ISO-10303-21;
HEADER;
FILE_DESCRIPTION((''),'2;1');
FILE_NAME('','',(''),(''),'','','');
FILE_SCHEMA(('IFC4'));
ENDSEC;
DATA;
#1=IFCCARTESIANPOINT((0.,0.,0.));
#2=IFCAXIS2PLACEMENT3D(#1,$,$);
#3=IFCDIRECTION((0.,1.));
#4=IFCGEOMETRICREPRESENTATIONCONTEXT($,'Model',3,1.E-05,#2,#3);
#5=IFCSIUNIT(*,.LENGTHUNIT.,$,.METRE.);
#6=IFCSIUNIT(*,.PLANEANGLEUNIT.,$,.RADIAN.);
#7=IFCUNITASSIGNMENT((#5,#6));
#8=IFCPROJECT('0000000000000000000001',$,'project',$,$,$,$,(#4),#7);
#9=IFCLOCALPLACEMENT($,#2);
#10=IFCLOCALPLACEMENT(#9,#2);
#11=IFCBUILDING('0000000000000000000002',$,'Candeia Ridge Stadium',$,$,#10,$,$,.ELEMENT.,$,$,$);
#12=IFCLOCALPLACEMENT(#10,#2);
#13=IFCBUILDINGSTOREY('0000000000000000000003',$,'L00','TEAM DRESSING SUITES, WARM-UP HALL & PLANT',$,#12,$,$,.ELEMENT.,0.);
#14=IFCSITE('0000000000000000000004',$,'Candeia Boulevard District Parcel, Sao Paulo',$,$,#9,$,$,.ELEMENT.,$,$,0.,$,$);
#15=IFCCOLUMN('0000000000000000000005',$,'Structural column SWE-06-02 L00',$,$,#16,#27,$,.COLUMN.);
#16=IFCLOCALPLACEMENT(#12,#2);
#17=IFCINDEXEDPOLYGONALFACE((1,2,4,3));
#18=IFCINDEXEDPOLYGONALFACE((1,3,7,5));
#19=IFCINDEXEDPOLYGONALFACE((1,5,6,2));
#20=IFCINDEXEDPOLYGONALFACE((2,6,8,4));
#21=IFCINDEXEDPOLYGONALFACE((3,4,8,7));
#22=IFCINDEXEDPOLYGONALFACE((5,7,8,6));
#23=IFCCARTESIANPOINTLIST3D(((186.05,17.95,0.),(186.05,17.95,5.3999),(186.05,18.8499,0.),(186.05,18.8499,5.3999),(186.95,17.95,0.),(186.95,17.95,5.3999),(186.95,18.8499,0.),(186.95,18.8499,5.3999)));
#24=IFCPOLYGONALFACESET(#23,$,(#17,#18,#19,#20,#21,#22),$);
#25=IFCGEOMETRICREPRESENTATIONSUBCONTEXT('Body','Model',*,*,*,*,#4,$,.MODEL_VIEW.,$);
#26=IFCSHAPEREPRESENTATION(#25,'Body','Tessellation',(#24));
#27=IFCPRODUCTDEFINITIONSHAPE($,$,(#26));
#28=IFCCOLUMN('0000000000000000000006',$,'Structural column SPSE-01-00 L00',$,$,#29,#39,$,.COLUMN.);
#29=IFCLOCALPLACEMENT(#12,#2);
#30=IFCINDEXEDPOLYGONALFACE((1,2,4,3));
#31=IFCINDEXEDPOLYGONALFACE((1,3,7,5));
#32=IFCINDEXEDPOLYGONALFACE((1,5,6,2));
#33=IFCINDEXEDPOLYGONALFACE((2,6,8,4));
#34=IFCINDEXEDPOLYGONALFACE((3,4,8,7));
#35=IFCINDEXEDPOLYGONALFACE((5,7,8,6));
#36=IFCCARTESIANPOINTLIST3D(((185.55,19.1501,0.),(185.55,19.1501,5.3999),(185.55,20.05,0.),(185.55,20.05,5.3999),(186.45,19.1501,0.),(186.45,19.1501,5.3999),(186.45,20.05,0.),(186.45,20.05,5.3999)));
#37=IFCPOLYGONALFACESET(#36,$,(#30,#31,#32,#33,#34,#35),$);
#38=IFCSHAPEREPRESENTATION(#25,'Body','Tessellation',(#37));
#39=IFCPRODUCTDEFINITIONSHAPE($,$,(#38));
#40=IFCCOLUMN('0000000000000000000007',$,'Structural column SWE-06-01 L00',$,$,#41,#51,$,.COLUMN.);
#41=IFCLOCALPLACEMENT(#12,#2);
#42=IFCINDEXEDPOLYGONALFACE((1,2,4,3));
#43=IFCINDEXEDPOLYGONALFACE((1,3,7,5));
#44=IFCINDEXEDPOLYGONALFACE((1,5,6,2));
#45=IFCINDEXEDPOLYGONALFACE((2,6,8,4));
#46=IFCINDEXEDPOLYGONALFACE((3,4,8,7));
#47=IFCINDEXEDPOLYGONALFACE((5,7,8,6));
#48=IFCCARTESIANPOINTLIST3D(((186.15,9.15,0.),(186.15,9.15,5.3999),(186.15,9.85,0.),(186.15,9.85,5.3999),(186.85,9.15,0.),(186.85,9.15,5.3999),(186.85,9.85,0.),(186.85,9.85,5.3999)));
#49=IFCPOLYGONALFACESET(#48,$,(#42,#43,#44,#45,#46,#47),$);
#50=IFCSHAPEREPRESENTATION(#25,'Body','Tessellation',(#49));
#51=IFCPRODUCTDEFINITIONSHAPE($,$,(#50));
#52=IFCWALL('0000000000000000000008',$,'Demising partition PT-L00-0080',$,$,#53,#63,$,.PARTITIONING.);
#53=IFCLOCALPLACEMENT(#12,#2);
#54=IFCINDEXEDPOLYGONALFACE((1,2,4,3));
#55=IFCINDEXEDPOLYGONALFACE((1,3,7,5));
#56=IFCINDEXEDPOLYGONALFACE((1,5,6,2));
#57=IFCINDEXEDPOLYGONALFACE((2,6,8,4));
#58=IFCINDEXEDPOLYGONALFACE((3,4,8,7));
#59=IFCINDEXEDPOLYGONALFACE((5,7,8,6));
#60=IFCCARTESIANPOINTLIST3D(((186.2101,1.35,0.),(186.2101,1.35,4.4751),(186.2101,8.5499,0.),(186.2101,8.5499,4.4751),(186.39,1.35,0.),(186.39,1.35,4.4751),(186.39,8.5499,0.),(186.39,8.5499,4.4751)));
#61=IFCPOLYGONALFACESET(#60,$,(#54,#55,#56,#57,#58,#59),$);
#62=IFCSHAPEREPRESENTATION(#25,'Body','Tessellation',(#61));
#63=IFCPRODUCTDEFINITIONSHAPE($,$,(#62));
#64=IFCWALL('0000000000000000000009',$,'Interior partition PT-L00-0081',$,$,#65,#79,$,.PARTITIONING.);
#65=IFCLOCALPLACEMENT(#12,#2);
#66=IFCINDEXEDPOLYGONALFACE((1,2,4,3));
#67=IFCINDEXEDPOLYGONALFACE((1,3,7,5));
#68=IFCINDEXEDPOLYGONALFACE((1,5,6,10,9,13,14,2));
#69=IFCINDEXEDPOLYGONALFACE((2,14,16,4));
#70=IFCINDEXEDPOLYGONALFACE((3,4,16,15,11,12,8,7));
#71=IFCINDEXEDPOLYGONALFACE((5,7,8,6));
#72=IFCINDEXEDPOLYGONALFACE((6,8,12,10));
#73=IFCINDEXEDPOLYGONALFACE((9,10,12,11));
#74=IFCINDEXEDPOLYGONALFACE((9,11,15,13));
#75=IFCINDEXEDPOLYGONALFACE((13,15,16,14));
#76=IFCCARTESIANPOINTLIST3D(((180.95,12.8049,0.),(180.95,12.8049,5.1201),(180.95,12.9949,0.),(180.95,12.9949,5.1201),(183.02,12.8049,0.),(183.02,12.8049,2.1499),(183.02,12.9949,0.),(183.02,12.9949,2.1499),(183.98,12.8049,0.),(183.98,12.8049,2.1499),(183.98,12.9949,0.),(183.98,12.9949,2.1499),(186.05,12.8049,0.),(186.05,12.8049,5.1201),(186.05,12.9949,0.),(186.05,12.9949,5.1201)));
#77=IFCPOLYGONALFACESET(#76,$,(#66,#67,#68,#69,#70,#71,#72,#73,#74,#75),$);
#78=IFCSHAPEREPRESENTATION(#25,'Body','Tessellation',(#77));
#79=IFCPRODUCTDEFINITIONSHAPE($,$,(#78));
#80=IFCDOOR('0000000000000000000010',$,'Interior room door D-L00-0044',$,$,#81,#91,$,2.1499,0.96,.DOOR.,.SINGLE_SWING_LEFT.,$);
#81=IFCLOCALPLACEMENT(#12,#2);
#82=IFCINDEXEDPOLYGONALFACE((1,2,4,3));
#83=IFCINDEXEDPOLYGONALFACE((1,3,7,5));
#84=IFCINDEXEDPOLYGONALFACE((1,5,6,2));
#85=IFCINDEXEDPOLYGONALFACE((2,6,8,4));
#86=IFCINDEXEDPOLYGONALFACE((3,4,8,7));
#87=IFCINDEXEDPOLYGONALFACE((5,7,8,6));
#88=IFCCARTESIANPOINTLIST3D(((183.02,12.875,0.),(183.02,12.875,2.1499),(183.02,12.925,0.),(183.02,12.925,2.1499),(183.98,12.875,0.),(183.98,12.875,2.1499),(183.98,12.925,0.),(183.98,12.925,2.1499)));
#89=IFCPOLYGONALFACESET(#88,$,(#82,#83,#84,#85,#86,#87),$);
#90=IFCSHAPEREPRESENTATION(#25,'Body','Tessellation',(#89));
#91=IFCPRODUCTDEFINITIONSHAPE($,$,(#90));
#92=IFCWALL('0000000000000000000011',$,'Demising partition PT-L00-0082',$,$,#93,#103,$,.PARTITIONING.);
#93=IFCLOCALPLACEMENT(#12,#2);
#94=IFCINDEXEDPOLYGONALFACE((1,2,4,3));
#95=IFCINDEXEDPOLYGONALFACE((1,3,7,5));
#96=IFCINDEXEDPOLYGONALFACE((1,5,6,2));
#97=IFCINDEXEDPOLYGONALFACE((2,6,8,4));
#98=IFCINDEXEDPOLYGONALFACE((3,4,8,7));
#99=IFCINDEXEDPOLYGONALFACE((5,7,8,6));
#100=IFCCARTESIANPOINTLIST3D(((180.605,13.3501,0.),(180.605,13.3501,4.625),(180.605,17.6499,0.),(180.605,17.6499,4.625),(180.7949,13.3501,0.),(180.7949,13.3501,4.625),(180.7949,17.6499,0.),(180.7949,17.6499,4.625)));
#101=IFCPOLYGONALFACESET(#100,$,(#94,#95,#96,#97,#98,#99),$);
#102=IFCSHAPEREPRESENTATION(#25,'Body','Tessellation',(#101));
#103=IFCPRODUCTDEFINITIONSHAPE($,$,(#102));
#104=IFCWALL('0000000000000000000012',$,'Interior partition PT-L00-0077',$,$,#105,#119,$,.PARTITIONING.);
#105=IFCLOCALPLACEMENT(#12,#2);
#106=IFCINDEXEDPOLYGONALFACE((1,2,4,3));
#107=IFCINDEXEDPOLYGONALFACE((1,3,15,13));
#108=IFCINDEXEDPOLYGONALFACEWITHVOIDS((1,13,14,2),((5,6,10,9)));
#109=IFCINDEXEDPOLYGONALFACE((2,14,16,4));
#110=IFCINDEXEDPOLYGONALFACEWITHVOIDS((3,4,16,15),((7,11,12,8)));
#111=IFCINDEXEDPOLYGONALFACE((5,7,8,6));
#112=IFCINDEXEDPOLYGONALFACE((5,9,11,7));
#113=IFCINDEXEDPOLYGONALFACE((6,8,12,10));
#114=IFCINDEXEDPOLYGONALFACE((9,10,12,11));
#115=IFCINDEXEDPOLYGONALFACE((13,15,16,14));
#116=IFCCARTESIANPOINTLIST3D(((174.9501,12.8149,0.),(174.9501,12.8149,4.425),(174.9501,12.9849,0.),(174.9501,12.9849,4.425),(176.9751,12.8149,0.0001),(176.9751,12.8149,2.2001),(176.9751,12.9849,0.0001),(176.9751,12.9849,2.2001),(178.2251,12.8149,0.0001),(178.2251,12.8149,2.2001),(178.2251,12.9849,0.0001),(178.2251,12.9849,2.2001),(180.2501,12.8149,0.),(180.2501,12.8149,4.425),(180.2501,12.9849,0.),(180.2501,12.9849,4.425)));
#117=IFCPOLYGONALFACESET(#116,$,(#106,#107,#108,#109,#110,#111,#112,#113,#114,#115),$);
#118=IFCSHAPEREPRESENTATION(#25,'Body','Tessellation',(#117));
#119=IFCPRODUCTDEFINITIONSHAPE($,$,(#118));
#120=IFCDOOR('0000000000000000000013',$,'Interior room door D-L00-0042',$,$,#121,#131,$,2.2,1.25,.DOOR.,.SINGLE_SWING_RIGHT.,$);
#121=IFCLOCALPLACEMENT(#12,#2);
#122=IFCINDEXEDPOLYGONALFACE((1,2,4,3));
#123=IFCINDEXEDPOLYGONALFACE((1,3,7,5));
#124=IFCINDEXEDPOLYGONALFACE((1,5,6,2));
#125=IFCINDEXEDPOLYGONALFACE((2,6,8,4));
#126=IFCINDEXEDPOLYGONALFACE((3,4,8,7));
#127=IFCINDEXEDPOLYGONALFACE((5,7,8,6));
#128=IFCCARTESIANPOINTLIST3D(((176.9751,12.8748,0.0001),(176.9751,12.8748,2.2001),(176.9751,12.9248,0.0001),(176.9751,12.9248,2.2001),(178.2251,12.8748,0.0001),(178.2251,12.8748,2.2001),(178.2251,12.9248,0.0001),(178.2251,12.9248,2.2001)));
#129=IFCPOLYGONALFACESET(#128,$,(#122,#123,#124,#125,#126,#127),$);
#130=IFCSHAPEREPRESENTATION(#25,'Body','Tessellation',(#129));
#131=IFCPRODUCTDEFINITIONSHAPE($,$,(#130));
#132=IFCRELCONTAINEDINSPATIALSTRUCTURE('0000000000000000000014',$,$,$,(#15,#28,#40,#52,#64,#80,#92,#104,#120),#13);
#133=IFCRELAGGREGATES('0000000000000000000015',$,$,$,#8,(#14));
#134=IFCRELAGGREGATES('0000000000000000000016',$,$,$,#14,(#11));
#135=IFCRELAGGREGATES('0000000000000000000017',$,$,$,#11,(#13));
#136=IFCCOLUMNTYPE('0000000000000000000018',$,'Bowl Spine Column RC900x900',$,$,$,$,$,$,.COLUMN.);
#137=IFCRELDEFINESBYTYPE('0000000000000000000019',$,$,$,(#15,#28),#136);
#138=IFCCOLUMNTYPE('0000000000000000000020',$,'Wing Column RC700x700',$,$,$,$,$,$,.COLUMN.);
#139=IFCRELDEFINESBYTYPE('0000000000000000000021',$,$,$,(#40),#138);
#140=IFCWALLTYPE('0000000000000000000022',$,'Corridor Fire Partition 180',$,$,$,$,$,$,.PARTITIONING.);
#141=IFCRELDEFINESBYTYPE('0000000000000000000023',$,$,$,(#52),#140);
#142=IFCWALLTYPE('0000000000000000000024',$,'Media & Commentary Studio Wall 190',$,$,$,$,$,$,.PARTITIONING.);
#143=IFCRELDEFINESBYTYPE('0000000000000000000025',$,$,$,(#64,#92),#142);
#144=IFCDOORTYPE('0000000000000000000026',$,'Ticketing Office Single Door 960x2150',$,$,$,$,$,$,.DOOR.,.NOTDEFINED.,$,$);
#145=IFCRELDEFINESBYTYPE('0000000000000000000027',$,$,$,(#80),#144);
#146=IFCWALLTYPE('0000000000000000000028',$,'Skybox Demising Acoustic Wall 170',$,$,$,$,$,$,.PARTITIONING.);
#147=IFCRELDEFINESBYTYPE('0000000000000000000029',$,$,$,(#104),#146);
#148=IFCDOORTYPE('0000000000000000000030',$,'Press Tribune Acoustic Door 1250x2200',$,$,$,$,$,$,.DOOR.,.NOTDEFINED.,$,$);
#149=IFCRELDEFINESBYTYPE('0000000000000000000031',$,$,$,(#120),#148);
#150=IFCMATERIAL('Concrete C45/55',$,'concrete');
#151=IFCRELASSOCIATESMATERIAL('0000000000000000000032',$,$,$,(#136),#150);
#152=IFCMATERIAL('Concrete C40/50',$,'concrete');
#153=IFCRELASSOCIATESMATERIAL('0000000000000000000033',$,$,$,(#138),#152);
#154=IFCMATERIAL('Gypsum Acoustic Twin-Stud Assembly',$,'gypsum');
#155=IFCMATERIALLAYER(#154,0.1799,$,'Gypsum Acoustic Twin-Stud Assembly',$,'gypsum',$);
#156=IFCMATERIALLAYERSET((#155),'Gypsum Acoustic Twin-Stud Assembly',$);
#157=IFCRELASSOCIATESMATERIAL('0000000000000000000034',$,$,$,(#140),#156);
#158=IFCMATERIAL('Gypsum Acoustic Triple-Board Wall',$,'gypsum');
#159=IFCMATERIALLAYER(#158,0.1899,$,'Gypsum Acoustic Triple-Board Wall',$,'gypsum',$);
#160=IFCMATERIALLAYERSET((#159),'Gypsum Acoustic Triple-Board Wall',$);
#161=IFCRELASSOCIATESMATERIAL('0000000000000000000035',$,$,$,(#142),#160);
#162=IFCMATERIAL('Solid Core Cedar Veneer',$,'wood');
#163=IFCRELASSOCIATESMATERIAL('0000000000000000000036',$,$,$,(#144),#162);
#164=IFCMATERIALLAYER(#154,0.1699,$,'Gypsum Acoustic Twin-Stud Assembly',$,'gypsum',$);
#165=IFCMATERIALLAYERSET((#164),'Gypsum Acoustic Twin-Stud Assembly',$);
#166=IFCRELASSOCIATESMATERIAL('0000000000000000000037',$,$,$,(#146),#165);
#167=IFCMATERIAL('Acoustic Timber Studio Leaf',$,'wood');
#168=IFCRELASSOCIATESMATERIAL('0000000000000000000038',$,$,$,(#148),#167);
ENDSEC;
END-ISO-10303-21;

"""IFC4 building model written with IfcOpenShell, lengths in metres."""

from ifc_helpers import new_model, si_unit, direction, frame, frame_2d, origin, origin_2d, place, context, subcontext, project, spatial, rectangle, extrude, material, layer, layer_set, material_profile, profile_set, type_object, element, fill, save


model = new_model("IFC4")

# Units and contexts
model_context = context("Model", 3, precision=1e-05, world=origin(), true_north=direction((0.0, 1.0)))
body_context = subcontext(model_context, "Body", "Model", "MODEL_VIEW")
ifc_project = project(units=[si_unit("LENGTHUNIT", "METRE"), si_unit("PLANEANGLEUNIT", "RADIAN")], contexts=[model_context])

# Site, building, storey
site_placement = place(None, origin())
site = spatial("IfcSite", under=ifc_project, at=site_placement, Name="Candeia Boulevard District Parcel, Sao Paulo", CompositionType="ELEMENT", RefElevation=0.0)
building_placement = place(site_placement, origin())
building = spatial("IfcBuilding", under=site, at=building_placement, Name="Candeia Ridge Stadium", CompositionType="ELEMENT")
storey_placement = place(building_placement, origin())
storey = spatial("IfcBuildingStorey", under=building, at=storey_placement, Name="L00", Description="TEAM DRESSING SUITES, WARM-UP HALL & PLANT", CompositionType="ELEMENT", Elevation=0.0)

# Shared definitions
ifc_material_1 = material(Name="Concrete C40/50", Category="concrete")

# Columns
ifc_material_2 = material(Name="Concrete C45/55", Category="concrete")
ifc_material_profile_1 = material_profile(ifc_material_2, rectangle(XDim=0.8999, YDim=0.8999, at=origin_2d()), Name="RC900x900", Category="concrete")
ifc_profile_set_1 = profile_set([ifc_material_profile_1], Name="Concrete C45/55")
column_type_1 = type_object("IfcColumnType", Name="Bowl Spine Column RC900x900", PredefinedType="COLUMN", material=ifc_profile_set_1)
for number, where, z_axis, x_axis, name in (
    (1, (186.5, 18.3999, 0.0), (0.0, 0.0, 1.0), (1.0, 0.0, 0.0), "Structural column SWE-06-02 L00"),
    (2, (186.0, 19.6001, 0.0), (0.0, 0.0, 1.0), (1.0, 0.0, 0.0), "Structural column SPSE-01-00 L00"),
):
    element("IfcColumn", number, at=place(storey_placement, frame(where, z_axis=z_axis, x_axis=x_axis)), inside=storey, type_object=column_type_1, Name=name, PredefinedType="COLUMN", context=body_context, shape_type="SweptSolid", body=[
        extrude(rectangle(XDim=0.8999, YDim=0.8999, at=origin_2d()), origin(), (0.0, 0.0, 1.0), 5.3999),
    ])
ifc_material_profile_2 = material_profile(ifc_material_1, rectangle(XDim=0.7, YDim=0.7, at=origin_2d()), Name="RC700x700", Category="concrete")
ifc_profile_set_2 = profile_set([ifc_material_profile_2], Name="Concrete C40/50")
column_type_2 = type_object("IfcColumnType", Name="Wing Column RC700x700", PredefinedType="COLUMN", material=ifc_profile_set_2)
column_placement = place(storey_placement, frame((186.5, 9.5, 0.0), z_axis=(0.0, 0.0, 1.0), x_axis=(1.0, 0.0, 0.0)))
element("IfcColumn", 3, at=column_placement, inside=storey, type_object=column_type_2, Name="Structural column SWE-06-01 L00", PredefinedType="COLUMN", context=body_context, shape_type="SweptSolid", body=[
    extrude(rectangle(XDim=0.7, YDim=0.7, at=origin_2d()), origin(), (0.0, 0.0, 1.0), 5.3999),
])

# Wall
ifc_material_3 = material(Name="Gypsum Acoustic Twin-Stud Assembly", Category="gypsum")
ifc_layer_1 = layer(ifc_material_3, 0.1799, Name="Gypsum Acoustic Twin-Stud Assembly", Category="gypsum")
ifc_layer_set_1 = layer_set([ifc_layer_1], Name="Gypsum Acoustic Twin-Stud Assembly")
wall_type_1 = type_object("IfcWallType", Name="Corridor Fire Partition 180", PredefinedType="PARTITIONING", material=ifc_layer_set_1)
wall_1_placement = place(storey_placement, frame((186.3, 8.55, 0.0), z_axis=(0.0, 0.0, 1.0), x_axis=(0.0, -1.0, 0.0)))
element("IfcWall", 4, at=wall_1_placement, inside=storey, type_object=wall_type_1, Name="Demising partition PT-L00-0080", PredefinedType="PARTITIONING", context=body_context, shape_type="SweptSolid", body=[
    extrude(rectangle(XDim=7.2, YDim=0.1799, at=frame_2d((3.6001, 0.0))), origin(), (0.0, 0.0, 1.0), 4.4751),
])

# Wall, opening, door
ifc_material_4 = material(Name="Gypsum Acoustic Triple-Board Wall", Category="gypsum")
ifc_layer_2 = layer(ifc_material_4, 0.1899, Name="Gypsum Acoustic Triple-Board Wall", Category="gypsum")
ifc_layer_set_2 = layer_set([ifc_layer_2], Name="Gypsum Acoustic Triple-Board Wall")
wall_type_2 = type_object("IfcWallType", Name="Media & Commentary Studio Wall 190", PredefinedType="PARTITIONING", material=ifc_layer_set_2)
wall_2_placement = place(storey_placement, frame((186.05, 12.8999, 0.0), z_axis=(0.0, 0.0, 1.0), x_axis=(-1.0, 0.0, 0.0)))
wall_2 = element("IfcWall", 5, at=wall_2_placement, inside=storey, type_object=wall_type_2, Name="Interior partition PT-L00-0081", PredefinedType="PARTITIONING", context=body_context, shape_type="SweptSolid", body=[
    extrude(rectangle(XDim=5.1001, YDim=0.1899, at=frame_2d((2.55, 0.0))), origin(), (0.0, 0.0, 1.0), 5.1201),
])
opening_1_placement = place(wall_2_placement, frame((2.0701, 0.0, 0.0)))
opening_1 = element("IfcOpeningElement", 6, at=opening_1_placement, cuts=wall_2, PredefinedType="OPENING", context=body_context, shape_type="SweptSolid", body=[
    extrude(rectangle(XDim=0.96, YDim=2.1499, at=frame_2d((0.48, 1.075))), frame((0.0, 0.105, 0.0), z_axis=(0.0, -1.0, 0.0), x_axis=(1.0, 0.0, 0.0)), (0.0, 0.0, 1.0), 0.21),
])
ifc_material_5 = material(Name="Solid Core Cedar Veneer", Category="wood")
door_type_1 = type_object("IfcDoorType", Name="Ticketing Office Single Door 960x2150", OperationType="NOTDEFINED", PredefinedType="DOOR", material=ifc_material_5)
door_1_placement = place(opening_1_placement, origin())
door_1 = element("IfcDoor", 7, at=door_1_placement, inside=storey, type_object=door_type_1, Name="Interior room door D-L00-0044", OperationType="SINGLE_SWING_LEFT", OverallHeight=2.1499, OverallWidth=0.96, PredefinedType="DOOR", context=body_context, shape_type="SweptSolid", body=[
    extrude(rectangle(XDim=0.96, YDim=2.1499, at=frame_2d((0.48, 1.075))), frame((0.0, 0.0249, 0.0), z_axis=(0.0, -1.0, 0.0), x_axis=(1.0, 0.0, 0.0)), (0.0, 0.0, 1.0), 0.05),
])
fill(opening_1, door_1)

# Wall
wall_3_placement = place(storey_placement, frame((180.7, 13.3501, 0.0), z_axis=(0.0, 0.0, 1.0), x_axis=(0.0, 1.0, 0.0)))
element("IfcWall", 8, at=wall_3_placement, inside=storey, type_object=wall_type_2, Name="Demising partition PT-L00-0082", PredefinedType="PARTITIONING", context=body_context, shape_type="SweptSolid", body=[
    extrude(rectangle(XDim=4.2998, YDim=0.1899, at=frame_2d((2.1499, 0.0))), origin(), (0.0, 0.0, 1.0), 4.625),
])

# Wall, opening, door
ifc_layer_3 = layer(ifc_material_3, 0.1699, Name="Gypsum Acoustic Twin-Stud Assembly", Category="gypsum")
ifc_layer_set_3 = layer_set([ifc_layer_3], Name="Gypsum Acoustic Twin-Stud Assembly")
wall_type_3 = type_object("IfcWallType", Name="Skybox Demising Acoustic Wall 170", PredefinedType="PARTITIONING", material=ifc_layer_set_3)
wall_4_placement = place(storey_placement, frame((180.25, 12.8999, 0.0), z_axis=(0.0, 0.0, 1.0), x_axis=(-1.0, 0.0, 0.0)))
wall_4 = element("IfcWall", 9, at=wall_4_placement, inside=storey, type_object=wall_type_3, Name="Interior partition PT-L00-0077", PredefinedType="PARTITIONING", context=body_context, shape_type="SweptSolid", body=[
    extrude(rectangle(XDim=5.3, YDim=0.1699, at=frame_2d((2.6499, 0.0))), origin(), (0.0, 0.0, 1.0), 4.425),
])
opening_2_placement = place(wall_4_placement, frame((2.0249, 0.0, 0.0)))
opening_2 = element("IfcOpeningElement", 10, at=opening_2_placement, cuts=wall_4, PredefinedType="OPENING", context=body_context, shape_type="SweptSolid", body=[
    extrude(rectangle(XDim=1.25, YDim=2.2, at=frame_2d((0.625, 1.1001))), frame((0.0, 0.095, 0.0), z_axis=(0.0, -1.0, 0.0), x_axis=(1.0, 0.0, 0.0)), (0.0, 0.0, 1.0), 0.1899),
])
ifc_material_6 = material(Name="Acoustic Timber Studio Leaf", Category="wood")
door_type_2 = type_object("IfcDoorType", Name="Press Tribune Acoustic Door 1250x2200", OperationType="NOTDEFINED", PredefinedType="DOOR", material=ifc_material_6)
door_2_placement = place(opening_2_placement, frame((1.25, 0.0, 0.0), z_axis=(0.0, 0.0, 1.0), x_axis=(-1.0, 0.0, 0.0)))
door_2 = element("IfcDoor", 11, at=door_2_placement, inside=storey, type_object=door_type_2, Name="Interior room door D-L00-0042", OperationType="SINGLE_SWING_RIGHT", OverallHeight=2.2, OverallWidth=1.25, PredefinedType="DOOR", context=body_context, shape_type="SweptSolid", body=[
    extrude(rectangle(XDim=1.25, YDim=2.2, at=frame_2d((0.625, 1.1001))), frame((0.0, 0.0249, 0.0), z_axis=(0.0, -1.0, 0.0), x_axis=(1.0, 0.0, 0.0)), (0.0, 0.0, 1.0), 0.05),
])
fill(opening_2, door_2)

save(model, "model.ifc")
